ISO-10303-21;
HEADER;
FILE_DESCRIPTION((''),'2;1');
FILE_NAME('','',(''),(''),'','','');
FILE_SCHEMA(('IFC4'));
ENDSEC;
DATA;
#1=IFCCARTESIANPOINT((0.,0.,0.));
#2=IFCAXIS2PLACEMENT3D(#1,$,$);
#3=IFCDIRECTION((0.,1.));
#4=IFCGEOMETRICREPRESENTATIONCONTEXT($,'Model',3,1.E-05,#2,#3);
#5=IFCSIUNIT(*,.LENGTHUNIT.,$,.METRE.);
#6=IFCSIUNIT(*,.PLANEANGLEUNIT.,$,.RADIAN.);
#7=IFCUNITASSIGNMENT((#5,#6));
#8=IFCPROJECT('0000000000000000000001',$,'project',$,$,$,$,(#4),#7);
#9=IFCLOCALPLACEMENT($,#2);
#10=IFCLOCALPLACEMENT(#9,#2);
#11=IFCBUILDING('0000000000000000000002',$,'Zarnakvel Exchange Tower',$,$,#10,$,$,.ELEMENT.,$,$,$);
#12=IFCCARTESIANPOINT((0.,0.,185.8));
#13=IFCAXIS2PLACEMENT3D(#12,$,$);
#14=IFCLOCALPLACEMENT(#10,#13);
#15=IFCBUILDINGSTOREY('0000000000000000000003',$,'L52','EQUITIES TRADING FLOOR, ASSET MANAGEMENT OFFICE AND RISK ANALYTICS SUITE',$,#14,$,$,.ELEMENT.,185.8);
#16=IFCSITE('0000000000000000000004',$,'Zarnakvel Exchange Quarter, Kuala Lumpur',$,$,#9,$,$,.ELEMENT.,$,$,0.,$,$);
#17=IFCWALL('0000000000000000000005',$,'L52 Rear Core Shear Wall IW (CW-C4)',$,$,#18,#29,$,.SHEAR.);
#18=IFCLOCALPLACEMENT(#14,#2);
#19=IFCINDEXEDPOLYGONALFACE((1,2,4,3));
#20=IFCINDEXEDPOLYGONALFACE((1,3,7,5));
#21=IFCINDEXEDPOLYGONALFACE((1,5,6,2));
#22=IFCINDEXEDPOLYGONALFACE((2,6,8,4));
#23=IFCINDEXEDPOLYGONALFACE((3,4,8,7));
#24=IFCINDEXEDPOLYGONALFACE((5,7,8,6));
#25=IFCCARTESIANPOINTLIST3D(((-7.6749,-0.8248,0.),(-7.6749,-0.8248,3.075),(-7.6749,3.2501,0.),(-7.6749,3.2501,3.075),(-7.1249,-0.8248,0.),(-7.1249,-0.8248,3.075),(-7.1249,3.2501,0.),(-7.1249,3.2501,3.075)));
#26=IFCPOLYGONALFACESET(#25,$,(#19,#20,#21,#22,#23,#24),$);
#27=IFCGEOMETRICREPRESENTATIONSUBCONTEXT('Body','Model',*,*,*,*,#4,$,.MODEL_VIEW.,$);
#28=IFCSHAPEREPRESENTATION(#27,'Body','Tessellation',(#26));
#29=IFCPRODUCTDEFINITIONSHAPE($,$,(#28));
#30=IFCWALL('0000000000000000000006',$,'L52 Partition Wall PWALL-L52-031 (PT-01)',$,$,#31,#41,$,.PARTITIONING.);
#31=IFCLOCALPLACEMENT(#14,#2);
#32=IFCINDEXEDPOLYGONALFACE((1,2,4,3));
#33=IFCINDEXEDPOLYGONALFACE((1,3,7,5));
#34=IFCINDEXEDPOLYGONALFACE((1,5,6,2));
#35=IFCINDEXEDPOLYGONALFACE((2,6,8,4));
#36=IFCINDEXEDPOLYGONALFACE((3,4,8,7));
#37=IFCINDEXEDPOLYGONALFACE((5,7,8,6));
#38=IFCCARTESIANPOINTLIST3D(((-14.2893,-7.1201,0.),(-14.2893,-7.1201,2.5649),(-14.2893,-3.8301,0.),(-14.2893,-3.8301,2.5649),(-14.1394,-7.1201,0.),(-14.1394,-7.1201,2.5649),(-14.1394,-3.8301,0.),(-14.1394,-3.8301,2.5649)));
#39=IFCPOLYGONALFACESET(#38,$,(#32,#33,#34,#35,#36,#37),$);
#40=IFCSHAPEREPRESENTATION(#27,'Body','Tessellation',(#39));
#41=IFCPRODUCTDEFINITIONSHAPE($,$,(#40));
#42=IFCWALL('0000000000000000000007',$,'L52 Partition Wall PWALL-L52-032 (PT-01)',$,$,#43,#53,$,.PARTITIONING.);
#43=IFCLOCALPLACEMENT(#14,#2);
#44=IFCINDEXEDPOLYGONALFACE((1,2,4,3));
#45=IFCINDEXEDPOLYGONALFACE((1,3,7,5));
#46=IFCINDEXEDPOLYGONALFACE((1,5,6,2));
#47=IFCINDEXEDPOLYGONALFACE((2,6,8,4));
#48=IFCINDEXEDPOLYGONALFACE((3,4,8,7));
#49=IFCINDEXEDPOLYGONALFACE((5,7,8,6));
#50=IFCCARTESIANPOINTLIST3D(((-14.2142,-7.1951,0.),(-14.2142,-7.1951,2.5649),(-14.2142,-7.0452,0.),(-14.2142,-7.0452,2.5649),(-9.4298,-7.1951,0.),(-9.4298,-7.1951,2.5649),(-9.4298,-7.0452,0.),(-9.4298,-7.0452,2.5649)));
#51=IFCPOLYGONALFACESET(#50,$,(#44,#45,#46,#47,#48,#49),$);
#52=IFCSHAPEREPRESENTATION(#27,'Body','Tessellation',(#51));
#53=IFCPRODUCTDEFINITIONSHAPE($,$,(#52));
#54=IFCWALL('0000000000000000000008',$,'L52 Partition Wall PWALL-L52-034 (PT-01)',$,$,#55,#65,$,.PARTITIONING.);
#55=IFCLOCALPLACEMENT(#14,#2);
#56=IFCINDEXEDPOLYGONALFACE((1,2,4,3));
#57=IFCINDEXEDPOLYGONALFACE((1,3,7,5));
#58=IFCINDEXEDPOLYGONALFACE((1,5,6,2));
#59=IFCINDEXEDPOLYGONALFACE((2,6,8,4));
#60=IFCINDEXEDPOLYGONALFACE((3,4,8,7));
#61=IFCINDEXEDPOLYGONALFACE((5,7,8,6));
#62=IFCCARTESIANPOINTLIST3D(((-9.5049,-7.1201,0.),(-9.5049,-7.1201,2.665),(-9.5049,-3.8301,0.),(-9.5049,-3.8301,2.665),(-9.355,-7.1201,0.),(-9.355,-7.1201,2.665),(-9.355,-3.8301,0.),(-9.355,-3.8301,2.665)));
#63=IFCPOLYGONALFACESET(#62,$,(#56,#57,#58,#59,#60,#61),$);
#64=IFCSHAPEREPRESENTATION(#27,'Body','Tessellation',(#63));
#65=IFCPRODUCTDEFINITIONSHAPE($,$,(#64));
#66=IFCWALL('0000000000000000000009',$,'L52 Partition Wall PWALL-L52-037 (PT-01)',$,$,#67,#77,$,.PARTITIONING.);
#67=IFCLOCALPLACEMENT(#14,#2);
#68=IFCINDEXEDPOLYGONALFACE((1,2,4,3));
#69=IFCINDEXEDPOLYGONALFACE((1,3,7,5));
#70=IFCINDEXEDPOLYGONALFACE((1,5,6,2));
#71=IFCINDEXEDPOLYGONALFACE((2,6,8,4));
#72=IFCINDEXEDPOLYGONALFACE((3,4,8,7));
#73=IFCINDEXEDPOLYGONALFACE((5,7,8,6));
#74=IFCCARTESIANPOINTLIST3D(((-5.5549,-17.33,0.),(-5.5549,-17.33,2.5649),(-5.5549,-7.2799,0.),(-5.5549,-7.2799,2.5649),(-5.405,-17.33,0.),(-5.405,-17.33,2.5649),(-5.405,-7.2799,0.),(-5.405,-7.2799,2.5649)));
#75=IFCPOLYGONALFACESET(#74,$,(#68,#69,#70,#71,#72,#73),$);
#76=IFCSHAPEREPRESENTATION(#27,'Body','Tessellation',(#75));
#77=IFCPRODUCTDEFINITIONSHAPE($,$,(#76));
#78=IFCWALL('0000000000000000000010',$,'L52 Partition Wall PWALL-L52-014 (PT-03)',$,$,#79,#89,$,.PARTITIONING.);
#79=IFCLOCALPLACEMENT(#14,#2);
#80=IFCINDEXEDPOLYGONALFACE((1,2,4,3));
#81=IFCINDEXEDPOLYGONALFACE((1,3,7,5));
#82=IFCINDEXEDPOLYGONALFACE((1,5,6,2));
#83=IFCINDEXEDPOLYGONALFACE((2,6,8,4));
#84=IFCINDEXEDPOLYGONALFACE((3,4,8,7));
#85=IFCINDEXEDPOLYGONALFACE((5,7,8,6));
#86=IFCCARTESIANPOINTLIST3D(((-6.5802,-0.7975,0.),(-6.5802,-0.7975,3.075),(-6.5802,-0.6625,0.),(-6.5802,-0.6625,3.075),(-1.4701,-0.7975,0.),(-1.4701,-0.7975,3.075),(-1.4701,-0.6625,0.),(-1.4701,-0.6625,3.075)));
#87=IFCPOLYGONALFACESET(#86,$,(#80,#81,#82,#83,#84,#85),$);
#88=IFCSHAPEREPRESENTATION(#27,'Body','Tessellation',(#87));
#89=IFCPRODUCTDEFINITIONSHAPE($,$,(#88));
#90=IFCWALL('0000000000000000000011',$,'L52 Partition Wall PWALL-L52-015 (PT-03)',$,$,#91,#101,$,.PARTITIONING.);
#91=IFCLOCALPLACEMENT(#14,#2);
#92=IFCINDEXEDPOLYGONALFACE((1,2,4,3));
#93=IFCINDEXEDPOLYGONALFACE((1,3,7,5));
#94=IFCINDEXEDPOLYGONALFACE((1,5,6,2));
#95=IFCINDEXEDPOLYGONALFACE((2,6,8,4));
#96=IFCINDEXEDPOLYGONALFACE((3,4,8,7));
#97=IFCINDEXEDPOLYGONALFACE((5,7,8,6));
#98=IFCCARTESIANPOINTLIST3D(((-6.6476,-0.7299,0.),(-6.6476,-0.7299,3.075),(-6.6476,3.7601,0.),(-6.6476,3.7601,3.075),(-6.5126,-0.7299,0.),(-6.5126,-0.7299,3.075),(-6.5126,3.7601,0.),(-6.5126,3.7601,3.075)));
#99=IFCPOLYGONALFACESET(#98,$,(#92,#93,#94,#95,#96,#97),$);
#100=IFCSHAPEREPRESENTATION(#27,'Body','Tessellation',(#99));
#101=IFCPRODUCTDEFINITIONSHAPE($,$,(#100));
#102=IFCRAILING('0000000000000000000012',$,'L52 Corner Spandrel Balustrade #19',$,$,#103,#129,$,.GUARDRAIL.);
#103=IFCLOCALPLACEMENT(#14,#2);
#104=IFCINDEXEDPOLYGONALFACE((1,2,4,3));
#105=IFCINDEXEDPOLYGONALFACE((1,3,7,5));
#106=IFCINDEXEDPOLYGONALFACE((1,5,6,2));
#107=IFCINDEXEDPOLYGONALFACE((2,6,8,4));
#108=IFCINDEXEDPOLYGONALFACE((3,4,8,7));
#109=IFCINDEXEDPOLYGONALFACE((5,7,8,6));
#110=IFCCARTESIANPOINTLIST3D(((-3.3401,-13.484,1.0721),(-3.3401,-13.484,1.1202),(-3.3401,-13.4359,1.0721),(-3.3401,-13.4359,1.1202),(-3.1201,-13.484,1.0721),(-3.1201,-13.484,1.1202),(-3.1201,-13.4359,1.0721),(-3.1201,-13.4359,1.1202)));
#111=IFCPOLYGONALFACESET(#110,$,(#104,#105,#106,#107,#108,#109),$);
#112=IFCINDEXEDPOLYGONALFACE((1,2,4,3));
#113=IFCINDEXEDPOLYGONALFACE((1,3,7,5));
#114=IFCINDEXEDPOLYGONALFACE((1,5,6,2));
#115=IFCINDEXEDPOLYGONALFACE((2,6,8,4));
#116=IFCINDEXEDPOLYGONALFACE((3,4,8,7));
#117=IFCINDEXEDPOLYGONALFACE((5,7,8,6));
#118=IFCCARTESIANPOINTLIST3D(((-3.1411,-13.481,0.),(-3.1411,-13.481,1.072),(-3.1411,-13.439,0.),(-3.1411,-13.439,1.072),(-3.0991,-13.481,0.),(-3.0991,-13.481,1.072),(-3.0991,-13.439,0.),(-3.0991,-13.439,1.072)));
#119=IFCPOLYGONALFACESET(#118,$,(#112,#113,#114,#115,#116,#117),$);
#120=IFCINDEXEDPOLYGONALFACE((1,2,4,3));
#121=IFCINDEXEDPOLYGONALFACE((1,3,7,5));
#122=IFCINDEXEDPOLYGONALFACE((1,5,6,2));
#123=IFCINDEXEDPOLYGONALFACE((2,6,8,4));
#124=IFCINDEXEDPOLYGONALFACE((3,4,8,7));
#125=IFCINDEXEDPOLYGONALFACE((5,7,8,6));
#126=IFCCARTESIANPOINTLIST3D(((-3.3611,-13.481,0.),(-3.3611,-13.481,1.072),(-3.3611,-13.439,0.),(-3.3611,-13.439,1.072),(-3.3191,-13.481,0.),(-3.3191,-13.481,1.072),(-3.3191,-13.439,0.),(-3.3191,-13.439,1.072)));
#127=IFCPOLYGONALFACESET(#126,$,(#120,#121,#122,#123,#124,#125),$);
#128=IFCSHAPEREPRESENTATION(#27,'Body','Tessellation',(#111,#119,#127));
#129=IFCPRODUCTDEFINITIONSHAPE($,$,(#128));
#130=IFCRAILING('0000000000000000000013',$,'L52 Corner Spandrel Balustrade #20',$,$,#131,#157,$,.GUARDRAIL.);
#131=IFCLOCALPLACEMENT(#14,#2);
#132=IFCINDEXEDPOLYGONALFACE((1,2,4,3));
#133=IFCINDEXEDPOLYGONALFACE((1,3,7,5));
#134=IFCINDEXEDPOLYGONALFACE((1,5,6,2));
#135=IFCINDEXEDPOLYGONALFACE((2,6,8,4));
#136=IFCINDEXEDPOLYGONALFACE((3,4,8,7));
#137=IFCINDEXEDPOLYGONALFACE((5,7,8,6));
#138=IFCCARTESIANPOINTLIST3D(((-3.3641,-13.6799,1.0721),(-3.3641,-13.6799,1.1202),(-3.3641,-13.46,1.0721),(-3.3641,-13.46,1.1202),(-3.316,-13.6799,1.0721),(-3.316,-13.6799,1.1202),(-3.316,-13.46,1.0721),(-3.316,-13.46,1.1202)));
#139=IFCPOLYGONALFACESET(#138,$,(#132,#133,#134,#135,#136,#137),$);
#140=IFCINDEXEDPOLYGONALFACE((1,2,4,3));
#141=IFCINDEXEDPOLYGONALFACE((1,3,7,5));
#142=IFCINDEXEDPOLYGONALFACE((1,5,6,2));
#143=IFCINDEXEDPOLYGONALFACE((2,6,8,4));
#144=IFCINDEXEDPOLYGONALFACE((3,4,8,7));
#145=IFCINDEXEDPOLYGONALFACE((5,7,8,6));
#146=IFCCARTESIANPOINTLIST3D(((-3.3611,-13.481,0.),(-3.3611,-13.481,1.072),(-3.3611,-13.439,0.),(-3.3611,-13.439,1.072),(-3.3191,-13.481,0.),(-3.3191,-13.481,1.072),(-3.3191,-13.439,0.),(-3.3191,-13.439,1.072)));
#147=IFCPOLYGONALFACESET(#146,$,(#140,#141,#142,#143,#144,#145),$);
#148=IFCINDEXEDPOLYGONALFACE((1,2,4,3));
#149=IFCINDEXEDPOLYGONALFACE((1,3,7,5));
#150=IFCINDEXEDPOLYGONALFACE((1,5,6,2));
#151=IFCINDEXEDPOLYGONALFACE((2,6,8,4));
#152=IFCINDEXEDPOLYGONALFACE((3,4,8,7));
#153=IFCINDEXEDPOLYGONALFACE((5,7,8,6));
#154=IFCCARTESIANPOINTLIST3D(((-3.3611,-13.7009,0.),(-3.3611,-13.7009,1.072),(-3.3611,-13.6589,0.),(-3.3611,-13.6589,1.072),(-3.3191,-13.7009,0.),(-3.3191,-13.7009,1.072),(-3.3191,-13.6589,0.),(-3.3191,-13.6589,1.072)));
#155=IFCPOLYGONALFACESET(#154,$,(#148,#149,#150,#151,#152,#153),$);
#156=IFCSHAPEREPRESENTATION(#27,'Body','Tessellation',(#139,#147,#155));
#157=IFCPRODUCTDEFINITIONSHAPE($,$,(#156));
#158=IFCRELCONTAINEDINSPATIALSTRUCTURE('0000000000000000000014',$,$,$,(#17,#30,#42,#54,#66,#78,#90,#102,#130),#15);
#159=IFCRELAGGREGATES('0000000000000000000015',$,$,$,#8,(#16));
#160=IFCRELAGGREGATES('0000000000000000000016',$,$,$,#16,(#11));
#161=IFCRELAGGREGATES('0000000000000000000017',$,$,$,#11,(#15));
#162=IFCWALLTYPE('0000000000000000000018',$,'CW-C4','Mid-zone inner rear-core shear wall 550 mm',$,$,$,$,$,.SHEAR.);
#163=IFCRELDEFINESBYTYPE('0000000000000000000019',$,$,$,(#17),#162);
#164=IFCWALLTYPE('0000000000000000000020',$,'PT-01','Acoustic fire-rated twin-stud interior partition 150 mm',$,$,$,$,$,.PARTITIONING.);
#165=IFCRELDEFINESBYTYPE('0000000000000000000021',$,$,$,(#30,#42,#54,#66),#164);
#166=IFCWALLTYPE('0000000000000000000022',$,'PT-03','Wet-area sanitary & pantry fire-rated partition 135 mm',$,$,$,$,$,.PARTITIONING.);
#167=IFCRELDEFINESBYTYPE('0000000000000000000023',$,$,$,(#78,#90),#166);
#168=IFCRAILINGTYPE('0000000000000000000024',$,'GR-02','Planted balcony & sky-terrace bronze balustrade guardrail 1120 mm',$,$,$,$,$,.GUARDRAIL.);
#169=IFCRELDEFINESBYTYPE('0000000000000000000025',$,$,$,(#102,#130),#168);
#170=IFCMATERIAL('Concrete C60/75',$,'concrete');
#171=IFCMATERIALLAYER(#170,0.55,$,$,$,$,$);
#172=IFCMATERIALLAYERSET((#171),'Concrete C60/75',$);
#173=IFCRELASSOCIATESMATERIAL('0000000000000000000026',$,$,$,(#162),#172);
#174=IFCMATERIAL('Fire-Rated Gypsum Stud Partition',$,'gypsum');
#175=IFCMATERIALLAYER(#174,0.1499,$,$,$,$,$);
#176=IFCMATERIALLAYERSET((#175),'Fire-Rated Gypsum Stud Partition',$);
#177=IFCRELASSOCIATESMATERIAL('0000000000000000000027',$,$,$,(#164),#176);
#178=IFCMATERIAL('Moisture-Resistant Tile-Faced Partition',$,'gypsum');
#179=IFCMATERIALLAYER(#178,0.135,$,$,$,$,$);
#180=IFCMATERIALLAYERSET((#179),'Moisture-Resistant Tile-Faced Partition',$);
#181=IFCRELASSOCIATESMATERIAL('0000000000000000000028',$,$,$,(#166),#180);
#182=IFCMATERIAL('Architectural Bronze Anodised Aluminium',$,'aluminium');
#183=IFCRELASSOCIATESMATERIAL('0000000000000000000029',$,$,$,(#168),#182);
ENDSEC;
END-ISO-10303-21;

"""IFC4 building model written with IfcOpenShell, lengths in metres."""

from ifc_helpers import new_model, si_unit, direction, frame, frame_2d, origin, origin_2d, place, context, subcontext, project, spatial, rectangle, extrude, material, layer, layer_set, type_object, element, save


model = new_model("IFC4")

# Units and contexts
model_context = context("Model", 3, precision=1e-05, world=origin(), true_north=direction((0.0, 1.0)))
body_context = subcontext(model_context, "Body", "Model", "MODEL_VIEW")
ifc_project = project(units=[si_unit("LENGTHUNIT", "METRE"), si_unit("PLANEANGLEUNIT", "RADIAN")], contexts=[model_context])

# Site, building, storey
site_placement = place(None, origin())
site = spatial("IfcSite", under=ifc_project, at=site_placement, Name="Zarnakvel Exchange Quarter, Kuala Lumpur", CompositionType="ELEMENT", RefElevation=0.0)
building_placement = place(site_placement, origin())
building = spatial("IfcBuilding", under=site, at=building_placement, Name="Zarnakvel Exchange Tower", CompositionType="ELEMENT")
storey_placement = place(building_placement, frame((0.0, 0.0, 185.8)))
storey = spatial("IfcBuildingStorey", under=building, at=storey_placement, Name="L52", Description="EQUITIES TRADING FLOOR, ASSET MANAGEMENT OFFICE AND RISK ANALYTICS SUITE", CompositionType="ELEMENT", Elevation=185.8)

# Shared definitions
ifc_material_1 = material(Name="Concrete C60/75", Category="concrete")

# Shared definitions
ifc_material_2 = material(Name="Architectural Bronze Anodised Aluminium", Category="aluminium")

# Walls
ifc_layer_1 = layer(ifc_material_1, 0.55)
ifc_layer_set_1 = layer_set([ifc_layer_1], Name="Concrete C60/75")
wall_type_1 = type_object("IfcWallType", Name="CW-C4", Description="Mid-zone inner rear-core shear wall 550 mm", PredefinedType="SHEAR", material=ifc_layer_set_1)
wall_1_placement = place(storey_placement, frame((-7.3999, -0.825, 0.0), z_axis=(0.0, 0.0, 1.0), x_axis=(0.0, 1.0, 0.0)))
element("IfcWall", 1, at=wall_1_placement, inside=storey, type_object=wall_type_1, Name="L52 Rear Core Shear Wall IW (CW-C4)", PredefinedType="SHEAR", context=body_context, shape_type="SweptSolid", body=[
    extrude(rectangle(XDim=4.075, YDim=0.55, at=frame_2d((2.0376, 0.0))), origin(), (0.0, 0.0, 1.0), 3.075),
])
ifc_material_3 = material(Name="Fire-Rated Gypsum Stud Partition", Category="gypsum")
ifc_layer_2 = layer(ifc_material_3, 0.1499)
ifc_layer_set_2 = layer_set([ifc_layer_2], Name="Fire-Rated Gypsum Stud Partition")
wall_type_2 = type_object("IfcWallType", Name="PT-01", Description="Acoustic fire-rated twin-stud interior partition 150 mm", PredefinedType="PARTITIONING", material=ifc_layer_set_2)
wall_2_placement = place(storey_placement, frame((-14.2144, -3.8301, 0.0), z_axis=(0.0, 0.0, 1.0), x_axis=(0.0, -1.0, 0.0)))
element("IfcWall", 2, at=wall_2_placement, inside=storey, type_object=wall_type_2, Name="L52 Partition Wall PWALL-L52-031 (PT-01)", PredefinedType="PARTITIONING", context=body_context, shape_type="SweptSolid", body=[
    extrude(rectangle(XDim=3.29, YDim=0.1499, at=frame_2d((1.645, 0.0))), origin(), (0.0, 0.0, 1.0), 2.5649),
])
wall_3_placement = place(storey_placement, frame((-9.4299, -7.1201, 0.0), z_axis=(0.0, 0.0, 1.0), x_axis=(-1.0, 0.0, 0.0)))
element("IfcWall", 3, at=wall_3_placement, inside=storey, type_object=wall_type_2, Name="L52 Partition Wall PWALL-L52-032 (PT-01)", PredefinedType="PARTITIONING", context=body_context, shape_type="SweptSolid", body=[
    extrude(rectangle(XDim=4.7844, YDim=0.1499, at=frame_2d((2.3921, 0.0))), origin(), (0.0, 0.0, 1.0), 2.5649),
])

# Walls
wall_4_placement = place(storey_placement, frame((-9.4299, -3.8301, 0.0), z_axis=(0.0, 0.0, 1.0), x_axis=(0.0, -1.0, 0.0)))
element("IfcWall", 4, at=wall_4_placement, inside=storey, type_object=wall_type_2, Name="L52 Partition Wall PWALL-L52-034 (PT-01)", PredefinedType="PARTITIONING", context=body_context, shape_type="SweptSolid", body=[
    extrude(rectangle(XDim=3.29, YDim=0.1499, at=frame_2d((1.645, 0.0))), origin(), (0.0, 0.0, 1.0), 2.665),
])
wall_5_placement = place(storey_placement, frame((-5.48, -7.28, 0.0), z_axis=(0.0, 0.0, 1.0), x_axis=(0.0, -1.0, 0.0)))
element("IfcWall", 5, at=wall_5_placement, inside=storey, type_object=wall_type_2, Name="L52 Partition Wall PWALL-L52-037 (PT-01)", PredefinedType="PARTITIONING", context=body_context, shape_type="SweptSolid", body=[
    extrude(rectangle(XDim=10.05, YDim=0.1499, at=frame_2d((5.0249, 0.0))), origin(), (0.0, 0.0, 1.0), 2.5649),
])
ifc_material_4 = material(Name="Moisture-Resistant Tile-Faced Partition", Category="gypsum")
ifc_layer_3 = layer(ifc_material_4, 0.135)
ifc_layer_set_3 = layer_set([ifc_layer_3], Name="Moisture-Resistant Tile-Faced Partition")
wall_type_3 = type_object("IfcWallType", Name="PT-03", Description="Wet-area sanitary & pantry fire-rated partition 135 mm", PredefinedType="PARTITIONING", material=ifc_layer_set_3)
wall_6_placement = place(storey_placement, frame((-1.47, -0.73, 0.0), z_axis=(0.0, 0.0, 1.0), x_axis=(-1.0, 0.0, 0.0)))
element("IfcWall", 6, at=wall_6_placement, inside=storey, type_object=wall_type_3, Name="L52 Partition Wall PWALL-L52-014 (PT-03)", PredefinedType="PARTITIONING", context=body_context, shape_type="SweptSolid", body=[
    extrude(rectangle(XDim=5.1101, YDim=0.135, at=frame_2d((2.5552, 0.0))), origin(), (0.0, 0.0, 1.0), 3.075),
])
wall_7_placement = place(storey_placement, frame((-6.5801, -0.73, 0.0), z_axis=(0.0, 0.0, 1.0), x_axis=(0.0, 1.0, 0.0)))
element("IfcWall", 7, at=wall_7_placement, inside=storey, type_object=wall_type_3, Name="L52 Partition Wall PWALL-L52-015 (PT-03)", PredefinedType="PARTITIONING", context=body_context, shape_type="SweptSolid", body=[
    extrude(rectangle(XDim=4.49, YDim=0.135, at=frame_2d((2.2451, 0.0))), origin(), (0.0, 0.0, 1.0), 3.075),
])

# Railings
railing_type_1 = type_object("IfcRailingType", Name="GR-02", Description="Planted balcony & sky-terrace bronze balustrade guardrail 1120 mm", PredefinedType="GUARDRAIL", material=ifc_material_2)
railing_1_placement = place(storey_placement, frame((-3.1201, -13.46, 0.0)))
element("IfcRailing", 8, at=railing_1_placement, inside=storey, type_object=railing_type_1, Name="L52 Corner Spandrel Balustrade #19", PredefinedType="GUARDRAIL", context=body_context, shape_type="SweptSolid", body=[
    extrude(rectangle(XDim=0.0481, YDim=0.0481, at=origin_2d()), frame((0.0, 0.0, 1.0962), z_axis=(-1.0, 0.0, 0.0), x_axis=(0.0, -1.0, 0.0)), (0.0, 0.0, 1.0), 0.22),
    extrude(rectangle(XDim=0.042, YDim=0.042, at=origin_2d()), origin(), (0.0, 0.0, 1.0), 1.072),
    extrude(rectangle(XDim=0.042, YDim=0.042, at=origin_2d()), frame((-0.22, 0.0, 0.0)), (0.0, 0.0, 1.0), 1.072),
])
railing_2_placement = place(storey_placement, frame((-3.3401, -13.46, 0.0)))
element("IfcRailing", 9, at=railing_2_placement, inside=storey, type_object=railing_type_1, Name="L52 Corner Spandrel Balustrade #20", PredefinedType="GUARDRAIL", context=body_context, shape_type="SweptSolid", body=[
    extrude(rectangle(XDim=0.0481, YDim=0.0481, at=origin_2d()), frame((0.0, 0.0, 1.0962), z_axis=(0.0, -1.0, 0.0), x_axis=(1.0, 0.0, 0.0)), (0.0, 0.0, 1.0), 0.22),
    extrude(rectangle(XDim=0.042, YDim=0.042, at=origin_2d()), origin(), (0.0, 0.0, 1.0), 1.072),
    extrude(rectangle(XDim=0.042, YDim=0.042, at=origin_2d()), frame((0.0, -0.22, 0.0)), (0.0, 0.0, 1.0), 1.072),
])

save(model, "model.ifc")
